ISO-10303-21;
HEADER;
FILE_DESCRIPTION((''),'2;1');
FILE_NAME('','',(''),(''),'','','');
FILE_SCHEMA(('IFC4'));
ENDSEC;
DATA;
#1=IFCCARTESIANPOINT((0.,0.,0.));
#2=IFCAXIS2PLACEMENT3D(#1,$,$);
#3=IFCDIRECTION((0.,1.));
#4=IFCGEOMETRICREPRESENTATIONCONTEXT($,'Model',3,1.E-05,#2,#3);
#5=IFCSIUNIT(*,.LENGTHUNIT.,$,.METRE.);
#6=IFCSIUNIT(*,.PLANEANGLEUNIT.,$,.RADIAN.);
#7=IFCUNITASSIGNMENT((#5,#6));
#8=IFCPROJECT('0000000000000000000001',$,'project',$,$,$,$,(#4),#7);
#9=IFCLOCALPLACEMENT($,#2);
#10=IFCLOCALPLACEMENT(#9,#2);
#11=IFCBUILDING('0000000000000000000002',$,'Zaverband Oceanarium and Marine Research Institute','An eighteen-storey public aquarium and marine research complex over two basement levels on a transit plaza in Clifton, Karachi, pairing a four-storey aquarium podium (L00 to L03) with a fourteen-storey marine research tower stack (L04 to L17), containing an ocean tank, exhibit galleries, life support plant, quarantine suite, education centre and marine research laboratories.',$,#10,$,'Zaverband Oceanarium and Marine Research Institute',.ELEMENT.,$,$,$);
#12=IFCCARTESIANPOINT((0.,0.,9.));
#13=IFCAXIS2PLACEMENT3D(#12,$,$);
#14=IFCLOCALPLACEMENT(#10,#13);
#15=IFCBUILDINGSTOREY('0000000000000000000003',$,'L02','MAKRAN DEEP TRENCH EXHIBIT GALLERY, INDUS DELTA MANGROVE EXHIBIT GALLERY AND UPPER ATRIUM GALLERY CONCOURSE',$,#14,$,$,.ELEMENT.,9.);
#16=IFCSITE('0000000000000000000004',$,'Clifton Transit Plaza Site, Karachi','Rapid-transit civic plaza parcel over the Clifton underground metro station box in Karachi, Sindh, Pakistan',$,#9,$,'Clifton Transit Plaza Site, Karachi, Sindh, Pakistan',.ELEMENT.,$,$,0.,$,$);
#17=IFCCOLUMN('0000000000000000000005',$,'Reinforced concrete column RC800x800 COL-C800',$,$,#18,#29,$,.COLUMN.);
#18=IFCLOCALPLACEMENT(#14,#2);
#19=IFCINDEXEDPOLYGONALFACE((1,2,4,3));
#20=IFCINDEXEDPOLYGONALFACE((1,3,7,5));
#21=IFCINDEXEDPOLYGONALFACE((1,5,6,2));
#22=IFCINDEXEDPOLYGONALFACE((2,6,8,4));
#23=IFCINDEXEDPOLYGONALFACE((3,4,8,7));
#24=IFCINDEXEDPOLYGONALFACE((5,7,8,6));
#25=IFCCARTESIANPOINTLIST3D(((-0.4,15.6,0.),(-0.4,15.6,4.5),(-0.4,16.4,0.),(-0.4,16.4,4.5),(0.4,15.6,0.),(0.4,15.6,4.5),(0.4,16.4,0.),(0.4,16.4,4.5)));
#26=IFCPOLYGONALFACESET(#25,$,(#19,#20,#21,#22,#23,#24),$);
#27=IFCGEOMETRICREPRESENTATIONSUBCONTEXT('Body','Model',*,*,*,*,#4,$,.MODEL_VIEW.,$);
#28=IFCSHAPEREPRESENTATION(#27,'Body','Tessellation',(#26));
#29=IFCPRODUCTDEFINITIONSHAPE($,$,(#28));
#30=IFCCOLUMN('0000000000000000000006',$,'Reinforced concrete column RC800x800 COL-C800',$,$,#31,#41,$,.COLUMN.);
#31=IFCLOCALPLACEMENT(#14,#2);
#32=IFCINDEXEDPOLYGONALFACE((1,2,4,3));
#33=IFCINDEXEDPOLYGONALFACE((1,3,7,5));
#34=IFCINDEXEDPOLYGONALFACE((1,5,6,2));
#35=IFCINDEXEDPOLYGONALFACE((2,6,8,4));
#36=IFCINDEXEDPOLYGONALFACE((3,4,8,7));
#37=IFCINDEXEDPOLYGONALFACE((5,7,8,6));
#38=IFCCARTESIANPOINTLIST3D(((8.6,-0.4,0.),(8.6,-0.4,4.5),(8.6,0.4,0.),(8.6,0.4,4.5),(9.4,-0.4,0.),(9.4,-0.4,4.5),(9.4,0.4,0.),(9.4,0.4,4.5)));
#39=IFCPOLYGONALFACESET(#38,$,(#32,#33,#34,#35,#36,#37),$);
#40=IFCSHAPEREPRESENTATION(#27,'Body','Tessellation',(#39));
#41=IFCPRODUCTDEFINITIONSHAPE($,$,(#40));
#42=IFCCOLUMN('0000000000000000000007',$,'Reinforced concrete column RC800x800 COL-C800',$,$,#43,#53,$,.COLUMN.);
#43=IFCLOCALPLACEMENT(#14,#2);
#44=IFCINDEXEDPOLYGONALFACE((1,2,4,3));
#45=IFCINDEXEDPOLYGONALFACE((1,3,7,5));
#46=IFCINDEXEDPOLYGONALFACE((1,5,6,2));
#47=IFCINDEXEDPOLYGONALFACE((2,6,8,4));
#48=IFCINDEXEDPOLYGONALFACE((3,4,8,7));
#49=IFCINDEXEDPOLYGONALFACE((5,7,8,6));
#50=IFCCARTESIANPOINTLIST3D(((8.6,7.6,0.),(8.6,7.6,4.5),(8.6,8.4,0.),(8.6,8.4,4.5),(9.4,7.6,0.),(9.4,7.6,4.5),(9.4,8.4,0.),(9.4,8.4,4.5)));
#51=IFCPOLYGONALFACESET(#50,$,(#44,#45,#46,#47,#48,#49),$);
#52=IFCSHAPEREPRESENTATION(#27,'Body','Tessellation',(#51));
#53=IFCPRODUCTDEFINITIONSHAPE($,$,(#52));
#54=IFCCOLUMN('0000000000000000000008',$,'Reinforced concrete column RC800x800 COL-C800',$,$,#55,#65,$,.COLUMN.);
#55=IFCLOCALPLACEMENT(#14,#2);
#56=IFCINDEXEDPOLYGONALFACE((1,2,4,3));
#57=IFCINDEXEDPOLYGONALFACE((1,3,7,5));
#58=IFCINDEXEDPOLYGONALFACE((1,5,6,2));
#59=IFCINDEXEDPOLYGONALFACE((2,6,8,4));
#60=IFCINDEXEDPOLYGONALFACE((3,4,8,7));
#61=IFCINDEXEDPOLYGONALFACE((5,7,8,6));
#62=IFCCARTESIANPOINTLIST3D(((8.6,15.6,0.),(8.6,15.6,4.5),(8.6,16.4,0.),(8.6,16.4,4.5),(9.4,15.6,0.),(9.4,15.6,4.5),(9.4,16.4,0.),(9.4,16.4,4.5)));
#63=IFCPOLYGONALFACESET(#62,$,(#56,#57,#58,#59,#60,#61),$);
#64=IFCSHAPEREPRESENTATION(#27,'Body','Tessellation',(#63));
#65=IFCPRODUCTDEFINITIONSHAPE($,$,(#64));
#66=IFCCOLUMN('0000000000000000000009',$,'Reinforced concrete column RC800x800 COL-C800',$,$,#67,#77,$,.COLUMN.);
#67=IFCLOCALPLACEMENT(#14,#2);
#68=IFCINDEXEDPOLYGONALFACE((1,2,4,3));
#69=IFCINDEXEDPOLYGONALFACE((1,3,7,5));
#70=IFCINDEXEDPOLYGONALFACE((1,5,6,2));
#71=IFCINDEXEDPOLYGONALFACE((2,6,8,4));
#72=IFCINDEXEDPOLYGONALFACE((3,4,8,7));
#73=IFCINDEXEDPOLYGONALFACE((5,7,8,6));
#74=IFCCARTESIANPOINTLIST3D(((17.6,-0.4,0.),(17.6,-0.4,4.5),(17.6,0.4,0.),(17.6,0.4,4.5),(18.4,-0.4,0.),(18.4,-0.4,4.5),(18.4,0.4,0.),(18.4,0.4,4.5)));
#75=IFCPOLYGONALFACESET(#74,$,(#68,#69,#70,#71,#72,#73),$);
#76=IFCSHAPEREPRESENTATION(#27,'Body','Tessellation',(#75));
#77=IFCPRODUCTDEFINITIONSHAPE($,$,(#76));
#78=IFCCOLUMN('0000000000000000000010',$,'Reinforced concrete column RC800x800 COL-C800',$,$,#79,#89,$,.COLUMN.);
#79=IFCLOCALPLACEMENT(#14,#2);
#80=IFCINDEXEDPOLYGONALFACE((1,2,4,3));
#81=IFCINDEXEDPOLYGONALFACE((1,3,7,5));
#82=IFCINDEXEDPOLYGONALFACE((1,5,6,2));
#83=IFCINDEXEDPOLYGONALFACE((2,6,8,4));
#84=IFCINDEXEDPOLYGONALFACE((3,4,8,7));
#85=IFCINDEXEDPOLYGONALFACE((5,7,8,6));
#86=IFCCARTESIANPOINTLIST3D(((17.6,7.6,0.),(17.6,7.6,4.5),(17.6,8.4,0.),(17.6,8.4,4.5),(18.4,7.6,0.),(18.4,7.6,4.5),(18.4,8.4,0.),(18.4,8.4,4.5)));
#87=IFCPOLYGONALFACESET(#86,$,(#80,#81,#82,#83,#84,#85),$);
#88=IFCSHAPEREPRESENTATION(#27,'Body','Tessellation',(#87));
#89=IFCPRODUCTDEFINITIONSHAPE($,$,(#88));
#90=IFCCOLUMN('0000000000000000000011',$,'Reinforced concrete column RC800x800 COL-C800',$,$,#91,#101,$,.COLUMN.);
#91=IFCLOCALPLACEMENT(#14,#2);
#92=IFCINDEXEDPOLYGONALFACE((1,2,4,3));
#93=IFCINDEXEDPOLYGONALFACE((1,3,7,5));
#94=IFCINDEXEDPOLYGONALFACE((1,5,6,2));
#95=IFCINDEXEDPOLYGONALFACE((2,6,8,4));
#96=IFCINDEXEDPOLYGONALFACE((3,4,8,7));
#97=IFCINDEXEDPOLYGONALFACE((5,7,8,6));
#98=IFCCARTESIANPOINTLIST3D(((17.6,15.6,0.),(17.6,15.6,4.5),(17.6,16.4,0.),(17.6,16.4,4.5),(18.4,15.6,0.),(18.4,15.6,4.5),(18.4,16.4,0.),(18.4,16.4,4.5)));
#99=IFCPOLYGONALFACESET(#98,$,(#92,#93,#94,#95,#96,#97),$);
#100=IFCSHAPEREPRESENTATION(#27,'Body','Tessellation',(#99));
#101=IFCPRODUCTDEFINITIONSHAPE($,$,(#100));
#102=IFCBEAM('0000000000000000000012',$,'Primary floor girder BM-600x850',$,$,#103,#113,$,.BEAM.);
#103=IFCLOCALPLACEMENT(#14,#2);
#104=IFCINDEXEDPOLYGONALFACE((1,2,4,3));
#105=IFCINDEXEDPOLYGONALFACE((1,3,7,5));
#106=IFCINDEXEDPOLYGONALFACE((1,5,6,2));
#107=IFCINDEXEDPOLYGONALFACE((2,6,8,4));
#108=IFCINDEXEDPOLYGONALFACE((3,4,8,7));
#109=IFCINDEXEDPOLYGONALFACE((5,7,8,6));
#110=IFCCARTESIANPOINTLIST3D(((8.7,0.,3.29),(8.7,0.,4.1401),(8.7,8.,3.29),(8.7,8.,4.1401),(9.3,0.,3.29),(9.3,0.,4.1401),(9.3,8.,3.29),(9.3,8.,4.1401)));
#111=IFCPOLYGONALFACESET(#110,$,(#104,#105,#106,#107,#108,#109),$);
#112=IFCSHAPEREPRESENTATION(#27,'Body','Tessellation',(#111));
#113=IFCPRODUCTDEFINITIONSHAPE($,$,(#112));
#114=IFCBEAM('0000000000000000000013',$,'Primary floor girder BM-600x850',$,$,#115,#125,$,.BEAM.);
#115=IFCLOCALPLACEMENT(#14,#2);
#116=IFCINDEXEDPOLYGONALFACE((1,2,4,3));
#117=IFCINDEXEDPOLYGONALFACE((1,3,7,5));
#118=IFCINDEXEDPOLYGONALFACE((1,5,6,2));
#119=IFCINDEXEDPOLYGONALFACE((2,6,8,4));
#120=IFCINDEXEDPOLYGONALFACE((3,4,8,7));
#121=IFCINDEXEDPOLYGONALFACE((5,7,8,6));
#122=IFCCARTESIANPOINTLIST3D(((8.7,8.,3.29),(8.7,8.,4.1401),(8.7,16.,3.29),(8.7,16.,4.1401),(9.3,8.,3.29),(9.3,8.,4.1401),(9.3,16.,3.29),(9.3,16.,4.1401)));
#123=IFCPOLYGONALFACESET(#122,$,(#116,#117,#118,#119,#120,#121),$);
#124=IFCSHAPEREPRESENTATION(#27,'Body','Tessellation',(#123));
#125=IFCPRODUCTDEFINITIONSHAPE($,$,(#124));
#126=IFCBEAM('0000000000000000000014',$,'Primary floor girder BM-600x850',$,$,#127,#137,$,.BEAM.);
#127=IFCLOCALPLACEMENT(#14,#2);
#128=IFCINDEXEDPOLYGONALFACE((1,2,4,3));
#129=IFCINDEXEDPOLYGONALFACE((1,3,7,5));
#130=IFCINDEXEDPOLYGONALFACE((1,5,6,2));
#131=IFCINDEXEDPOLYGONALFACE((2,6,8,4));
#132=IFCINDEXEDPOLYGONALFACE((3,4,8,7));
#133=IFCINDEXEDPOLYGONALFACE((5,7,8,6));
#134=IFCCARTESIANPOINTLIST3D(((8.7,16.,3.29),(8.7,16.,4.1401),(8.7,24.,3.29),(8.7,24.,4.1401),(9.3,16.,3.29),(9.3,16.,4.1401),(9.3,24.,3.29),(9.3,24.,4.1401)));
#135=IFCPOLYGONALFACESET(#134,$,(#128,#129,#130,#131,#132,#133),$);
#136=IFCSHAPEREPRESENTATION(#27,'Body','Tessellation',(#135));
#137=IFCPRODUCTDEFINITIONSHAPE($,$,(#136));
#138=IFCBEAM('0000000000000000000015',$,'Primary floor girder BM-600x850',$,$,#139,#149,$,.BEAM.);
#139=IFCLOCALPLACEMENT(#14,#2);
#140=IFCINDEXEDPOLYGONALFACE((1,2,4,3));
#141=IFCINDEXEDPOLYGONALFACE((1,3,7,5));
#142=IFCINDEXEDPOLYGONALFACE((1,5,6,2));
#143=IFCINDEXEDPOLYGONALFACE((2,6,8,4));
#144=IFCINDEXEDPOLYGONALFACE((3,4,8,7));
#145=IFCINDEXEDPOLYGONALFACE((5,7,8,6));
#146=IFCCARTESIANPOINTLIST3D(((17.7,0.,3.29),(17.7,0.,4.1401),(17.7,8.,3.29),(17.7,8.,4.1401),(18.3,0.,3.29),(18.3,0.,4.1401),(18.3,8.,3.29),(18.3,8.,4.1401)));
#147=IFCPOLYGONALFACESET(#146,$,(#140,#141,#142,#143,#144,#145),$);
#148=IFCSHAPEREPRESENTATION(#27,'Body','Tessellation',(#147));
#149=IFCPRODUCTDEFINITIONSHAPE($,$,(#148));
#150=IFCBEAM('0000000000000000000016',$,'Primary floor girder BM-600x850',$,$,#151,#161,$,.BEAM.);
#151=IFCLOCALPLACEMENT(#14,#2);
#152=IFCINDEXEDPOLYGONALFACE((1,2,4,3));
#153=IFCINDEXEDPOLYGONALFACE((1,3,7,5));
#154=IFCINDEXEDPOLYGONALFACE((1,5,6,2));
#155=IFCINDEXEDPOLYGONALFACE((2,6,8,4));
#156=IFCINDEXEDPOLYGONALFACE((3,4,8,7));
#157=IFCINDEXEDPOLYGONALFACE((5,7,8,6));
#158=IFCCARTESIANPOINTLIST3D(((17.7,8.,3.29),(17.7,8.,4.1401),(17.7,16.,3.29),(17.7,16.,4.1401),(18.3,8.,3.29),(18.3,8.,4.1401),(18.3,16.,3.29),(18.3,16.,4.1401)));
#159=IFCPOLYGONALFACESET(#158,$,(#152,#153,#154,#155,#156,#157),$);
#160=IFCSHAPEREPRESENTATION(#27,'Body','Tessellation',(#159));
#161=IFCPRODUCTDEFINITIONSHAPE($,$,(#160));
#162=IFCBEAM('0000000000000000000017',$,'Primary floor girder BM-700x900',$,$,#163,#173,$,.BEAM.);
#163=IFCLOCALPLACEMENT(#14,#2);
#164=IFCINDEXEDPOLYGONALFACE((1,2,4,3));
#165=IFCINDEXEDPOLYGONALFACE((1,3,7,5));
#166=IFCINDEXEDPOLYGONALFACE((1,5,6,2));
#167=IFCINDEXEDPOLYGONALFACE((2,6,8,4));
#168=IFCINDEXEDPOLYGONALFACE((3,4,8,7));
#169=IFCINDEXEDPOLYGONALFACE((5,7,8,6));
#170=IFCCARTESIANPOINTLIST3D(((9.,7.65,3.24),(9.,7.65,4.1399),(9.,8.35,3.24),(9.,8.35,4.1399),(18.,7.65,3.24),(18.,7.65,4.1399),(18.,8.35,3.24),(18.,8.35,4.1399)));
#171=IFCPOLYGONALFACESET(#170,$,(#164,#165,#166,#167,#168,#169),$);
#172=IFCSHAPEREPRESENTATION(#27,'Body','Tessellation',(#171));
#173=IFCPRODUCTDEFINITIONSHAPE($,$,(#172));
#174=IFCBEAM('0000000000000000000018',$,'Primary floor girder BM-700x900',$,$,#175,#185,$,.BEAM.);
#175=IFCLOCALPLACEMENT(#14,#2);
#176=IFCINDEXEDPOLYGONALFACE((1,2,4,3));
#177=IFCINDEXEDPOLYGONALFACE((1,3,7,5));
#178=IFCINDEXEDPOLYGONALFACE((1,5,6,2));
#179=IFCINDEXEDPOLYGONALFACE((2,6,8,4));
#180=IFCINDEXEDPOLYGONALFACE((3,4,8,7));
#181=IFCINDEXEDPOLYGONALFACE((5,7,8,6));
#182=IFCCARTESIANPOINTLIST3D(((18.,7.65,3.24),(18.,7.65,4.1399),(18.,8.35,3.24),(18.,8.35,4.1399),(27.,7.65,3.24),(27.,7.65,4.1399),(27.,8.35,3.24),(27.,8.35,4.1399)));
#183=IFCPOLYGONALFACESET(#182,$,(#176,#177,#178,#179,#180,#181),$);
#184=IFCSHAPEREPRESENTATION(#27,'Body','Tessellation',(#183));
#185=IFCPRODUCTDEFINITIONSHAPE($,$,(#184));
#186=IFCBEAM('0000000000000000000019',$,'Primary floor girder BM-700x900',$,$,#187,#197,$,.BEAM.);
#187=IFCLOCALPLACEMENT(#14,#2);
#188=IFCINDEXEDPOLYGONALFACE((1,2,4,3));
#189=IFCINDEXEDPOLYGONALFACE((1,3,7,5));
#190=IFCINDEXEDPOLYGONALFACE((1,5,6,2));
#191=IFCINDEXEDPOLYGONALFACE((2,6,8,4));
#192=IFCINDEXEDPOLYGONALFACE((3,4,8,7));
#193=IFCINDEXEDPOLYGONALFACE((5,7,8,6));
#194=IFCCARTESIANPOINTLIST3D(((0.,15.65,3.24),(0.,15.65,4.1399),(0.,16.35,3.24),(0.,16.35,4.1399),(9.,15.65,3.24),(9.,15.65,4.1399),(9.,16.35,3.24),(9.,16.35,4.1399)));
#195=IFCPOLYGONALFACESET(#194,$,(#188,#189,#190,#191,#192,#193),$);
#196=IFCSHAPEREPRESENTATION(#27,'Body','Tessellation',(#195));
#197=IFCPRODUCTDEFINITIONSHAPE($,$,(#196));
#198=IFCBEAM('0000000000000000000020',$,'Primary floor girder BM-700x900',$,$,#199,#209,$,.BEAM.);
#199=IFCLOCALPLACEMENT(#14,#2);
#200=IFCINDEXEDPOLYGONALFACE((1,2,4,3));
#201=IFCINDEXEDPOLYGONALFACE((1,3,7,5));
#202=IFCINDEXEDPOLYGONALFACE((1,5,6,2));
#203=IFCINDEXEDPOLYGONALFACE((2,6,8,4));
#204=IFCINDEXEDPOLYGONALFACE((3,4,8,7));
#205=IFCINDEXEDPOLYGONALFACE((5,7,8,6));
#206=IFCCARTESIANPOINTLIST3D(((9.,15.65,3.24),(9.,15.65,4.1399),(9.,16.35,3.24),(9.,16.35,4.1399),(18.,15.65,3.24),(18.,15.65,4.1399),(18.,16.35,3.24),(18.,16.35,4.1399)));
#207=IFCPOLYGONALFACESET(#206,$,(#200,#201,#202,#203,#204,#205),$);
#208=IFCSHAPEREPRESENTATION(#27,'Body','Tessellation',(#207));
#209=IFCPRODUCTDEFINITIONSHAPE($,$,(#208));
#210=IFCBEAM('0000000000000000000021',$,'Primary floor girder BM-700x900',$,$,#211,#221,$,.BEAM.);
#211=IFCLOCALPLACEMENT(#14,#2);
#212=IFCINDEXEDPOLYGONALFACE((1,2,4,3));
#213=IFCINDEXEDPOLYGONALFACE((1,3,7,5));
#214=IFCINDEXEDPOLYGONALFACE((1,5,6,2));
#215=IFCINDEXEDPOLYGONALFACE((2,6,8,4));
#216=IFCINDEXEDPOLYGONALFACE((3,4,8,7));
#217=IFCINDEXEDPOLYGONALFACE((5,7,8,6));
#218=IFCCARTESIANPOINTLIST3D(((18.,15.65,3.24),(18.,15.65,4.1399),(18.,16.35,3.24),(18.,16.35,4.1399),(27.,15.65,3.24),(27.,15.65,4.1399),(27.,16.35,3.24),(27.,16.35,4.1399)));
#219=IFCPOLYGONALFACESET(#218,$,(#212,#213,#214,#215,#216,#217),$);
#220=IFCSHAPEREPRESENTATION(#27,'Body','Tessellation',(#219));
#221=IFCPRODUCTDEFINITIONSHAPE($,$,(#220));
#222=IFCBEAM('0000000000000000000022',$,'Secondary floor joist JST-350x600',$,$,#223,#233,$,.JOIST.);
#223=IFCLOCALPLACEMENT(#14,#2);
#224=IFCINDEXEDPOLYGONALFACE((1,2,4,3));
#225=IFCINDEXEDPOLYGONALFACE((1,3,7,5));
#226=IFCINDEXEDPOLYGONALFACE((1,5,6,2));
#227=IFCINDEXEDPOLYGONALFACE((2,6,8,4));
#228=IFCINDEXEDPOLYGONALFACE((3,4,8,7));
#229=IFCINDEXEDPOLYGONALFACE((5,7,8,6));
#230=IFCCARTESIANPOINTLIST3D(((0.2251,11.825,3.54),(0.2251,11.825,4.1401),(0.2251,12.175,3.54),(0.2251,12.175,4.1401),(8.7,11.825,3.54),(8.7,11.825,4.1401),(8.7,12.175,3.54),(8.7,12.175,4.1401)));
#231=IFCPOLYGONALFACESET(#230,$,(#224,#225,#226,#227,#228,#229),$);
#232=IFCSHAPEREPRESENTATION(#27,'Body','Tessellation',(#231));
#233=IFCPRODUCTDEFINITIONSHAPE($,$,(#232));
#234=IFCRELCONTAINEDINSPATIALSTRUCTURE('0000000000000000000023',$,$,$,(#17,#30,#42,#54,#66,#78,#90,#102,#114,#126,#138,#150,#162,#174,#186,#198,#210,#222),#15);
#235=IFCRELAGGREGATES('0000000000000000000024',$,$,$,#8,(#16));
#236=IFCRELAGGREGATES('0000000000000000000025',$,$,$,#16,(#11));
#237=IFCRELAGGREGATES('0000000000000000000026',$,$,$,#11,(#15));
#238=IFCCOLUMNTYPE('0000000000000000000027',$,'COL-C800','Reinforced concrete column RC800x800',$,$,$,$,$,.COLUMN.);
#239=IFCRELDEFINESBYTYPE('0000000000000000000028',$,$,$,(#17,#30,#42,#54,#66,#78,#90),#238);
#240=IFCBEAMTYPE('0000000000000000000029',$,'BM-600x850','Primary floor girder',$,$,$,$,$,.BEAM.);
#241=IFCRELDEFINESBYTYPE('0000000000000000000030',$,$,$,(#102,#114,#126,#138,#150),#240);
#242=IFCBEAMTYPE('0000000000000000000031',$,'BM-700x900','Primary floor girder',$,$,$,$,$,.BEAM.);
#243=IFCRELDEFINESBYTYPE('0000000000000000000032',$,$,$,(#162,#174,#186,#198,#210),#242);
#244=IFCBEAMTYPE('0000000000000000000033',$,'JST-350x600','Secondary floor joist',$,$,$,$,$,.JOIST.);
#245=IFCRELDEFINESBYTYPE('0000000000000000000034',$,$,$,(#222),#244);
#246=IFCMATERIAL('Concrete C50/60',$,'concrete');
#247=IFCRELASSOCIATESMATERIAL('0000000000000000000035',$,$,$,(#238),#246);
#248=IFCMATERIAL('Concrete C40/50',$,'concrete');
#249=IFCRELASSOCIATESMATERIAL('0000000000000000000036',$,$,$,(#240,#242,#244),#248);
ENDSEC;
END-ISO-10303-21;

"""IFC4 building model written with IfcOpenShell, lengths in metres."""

from ifc_helpers import new_model, si_unit, direction, frame, origin, origin_2d, place, context, subcontext, project, spatial, rectangle, extrude, material, material_profile, profile_set, type_object, element, save


model = new_model("IFC4")

# Units and contexts
model_context = context("Model", 3, precision=1e-05, world=origin(), true_north=direction((0.0, 1.0)))
body_context = subcontext(model_context, "Body", "Model", "MODEL_VIEW")
ifc_project = project(units=[si_unit("LENGTHUNIT", "METRE"), si_unit("PLANEANGLEUNIT", "RADIAN")], contexts=[model_context])

# Site, building, storey
site_placement = place(None, origin())
site = spatial("IfcSite", under=ifc_project, at=site_placement, Name="Clifton Transit Plaza Site, Karachi", Description="Rapid-transit civic plaza parcel over the Clifton underground metro station box in Karachi, Sindh, Pakistan", LongName="Clifton Transit Plaza Site, Karachi, Sindh, Pakistan", CompositionType="ELEMENT", RefElevation=0.0)
building_placement = place(site_placement, origin())
building = spatial("IfcBuilding", under=site, at=building_placement, Name="Zaverband Oceanarium and Marine Research Institute", Description="An eighteen-storey public aquarium and marine research complex over two basement levels on a transit plaza in Clifton, Karachi, pairing a four-storey aquarium podium (L00 to L03) with a fourteen-storey marine research tower stack (L04 to L17), containing an ocean tank, exhibit galleries, life support plant, quarantine suite, education centre and marine research laboratories.", LongName="Zaverband Oceanarium and Marine Research Institute", CompositionType="ELEMENT")
storey_placement = place(building_placement, frame((0.0, 0.0, 9.0)))
storey = spatial("IfcBuildingStorey", under=building, at=storey_placement, Name="L02", Description="MAKRAN DEEP TRENCH EXHIBIT GALLERY, INDUS DELTA MANGROVE EXHIBIT GALLERY AND UPPER ATRIUM GALLERY CONCOURSE", CompositionType="ELEMENT", Elevation=9.0)

# Columns
ifc_material_1 = material(Name="Concrete C50/60", Category="concrete")
ifc_material_profile_1 = material_profile(ifc_material_1, rectangle(XDim=0.8, YDim=0.8, at=origin_2d()), Name="RC800x800")
ifc_profile_set_1 = profile_set([ifc_material_profile_1], Name="Concrete C50/60")
column_type = type_object("IfcColumnType", Name="COL-C800", Description="Reinforced concrete column RC800x800", PredefinedType="COLUMN", material=ifc_profile_set_1)
for number, where, z_axis, x_axis, name in (
    (1, (0.0, 16.0, 0.0), (0.0, 0.0, 1.0), (1.0, 0.0, 0.0), "Reinforced concrete column RC800x800 COL-C800"),
    (2, (9.0, 0.0, 0.0), (0.0, 0.0, 1.0), (1.0, 0.0, 0.0), "Reinforced concrete column RC800x800 COL-C800"),
    (3, (9.0, 8.0, 0.0), (0.0, 0.0, 1.0), (1.0, 0.0, 0.0), "Reinforced concrete column RC800x800 COL-C800"),
    (4, (9.0, 16.0, 0.0), (0.0, 0.0, 1.0), (1.0, 0.0, 0.0), "Reinforced concrete column RC800x800 COL-C800"),
    (5, (18.0, 0.0, 0.0), (0.0, 0.0, 1.0), (1.0, 0.0, 0.0), "Reinforced concrete column RC800x800 COL-C800"),
    (6, (18.0, 8.0, 0.0), (0.0, 0.0, 1.0), (1.0, 0.0, 0.0), "Reinforced concrete column RC800x800 COL-C800"),
    (7, (18.0, 16.0, 0.0), (0.0, 0.0, 1.0), (1.0, 0.0, 0.0), "Reinforced concrete column RC800x800 COL-C800"),
):
    element("IfcColumn", number, at=place(storey_placement, frame(where, z_axis=z_axis, x_axis=x_axis)), inside=storey, type_object=column_type, Name=name, PredefinedType="COLUMN", context=body_context, shape_type="SweptSolid", body=[
        extrude(rectangle(XDim=0.8, YDim=0.8, at=origin_2d()), origin(), (0.0, 0.0, 1.0), 4.5),
    ])

# Beams
ifc_material_2 = material(Name="Concrete C40/50", Category="concrete")
ifc_material_profile_2 = material_profile(ifc_material_2, rectangle(XDim=0.6001, YDim=0.8501, at=origin_2d()), Name="RC600x850")
ifc_profile_set_2 = profile_set([ifc_material_profile_2], Name="Concrete C40/50")
beam_type_1 = type_object("IfcBeamType", Name="BM-600x850", Description="Primary floor girder", PredefinedType="BEAM", material=ifc_profile_set_2)
for number, where, z_axis, x_axis, name in (
    (8, (9.0, 0.0, 3.7151), (0.0, 1.0, 0.0), (-1.0, 0.0, 0.0), "Primary floor girder BM-600x850"),
    (9, (9.0, 8.0, 3.7151), (0.0, 1.0, 0.0), (-1.0, 0.0, 0.0), "Primary floor girder BM-600x850"),
    (10, (9.0, 16.0, 3.7151), (0.0, 1.0, 0.0), (-1.0, 0.0, 0.0), "Primary floor girder BM-600x850"),
    (11, (18.0, 0.0, 3.7151), (0.0, 1.0, 0.0), (-1.0, 0.0, 0.0), "Primary floor girder BM-600x850"),
    (12, (18.0, 8.0, 3.7151), (0.0, 1.0, 0.0), (-1.0, 0.0, 0.0), "Primary floor girder BM-600x850"),
):
    element("IfcBeam", number, at=place(storey_placement, frame(where, z_axis=z_axis, x_axis=x_axis)), inside=storey, type_object=beam_type_1, Name=name, PredefinedType="BEAM", context=body_context, shape_type="SweptSolid", body=[
        extrude(rectangle(XDim=0.6001, YDim=0.8501, at=origin_2d()), origin(), (0.0, 0.0, 1.0), 8.0),
    ])
ifc_material_profile_3 = material_profile(ifc_material_2, rectangle(XDim=0.7, YDim=0.8999, at=origin_2d()), Name="RC700x900")
ifc_profile_set_3 = profile_set([ifc_material_profile_3], Name="Concrete C40/50")
beam_type_2 = type_object("IfcBeamType", Name="BM-700x900", Description="Primary floor girder", PredefinedType="BEAM", material=ifc_profile_set_3)
for number, where, z_axis, x_axis, name in (
    (13, (9.0, 8.0, 3.6899), (1.0, 0.0, 0.0), (0.0, 1.0, 0.0), "Primary floor girder BM-700x900"),
    (14, (18.0, 8.0, 3.6899), (1.0, 0.0, 0.0), (0.0, 1.0, 0.0), "Primary floor girder BM-700x900"),
    (15, (0.0, 16.0, 3.6899), (1.0, 0.0, 0.0), (0.0, 1.0, 0.0), "Primary floor girder BM-700x900"),
    (16, (9.0, 16.0, 3.6899), (1.0, 0.0, 0.0), (0.0, 1.0, 0.0), "Primary floor girder BM-700x900"),
    (17, (18.0, 16.0, 3.6899), (1.0, 0.0, 0.0), (0.0, 1.0, 0.0), "Primary floor girder BM-700x900"),
):
    element("IfcBeam", number, at=place(storey_placement, frame(where, z_axis=z_axis, x_axis=x_axis)), inside=storey, type_object=beam_type_2, Name=name, PredefinedType="BEAM", context=body_context, shape_type="SweptSolid", body=[
        extrude(rectangle(XDim=0.7, YDim=0.8999, at=origin_2d()), origin(), (0.0, 0.0, 1.0), 9.0),
    ])
ifc_material_profile_4 = material_profile(ifc_material_2, rectangle(XDim=0.3501, YDim=0.6001, at=origin_2d()), Name="RC350x600")
ifc_profile_set_4 = profile_set([ifc_material_profile_4], Name="Concrete C40/50")
beam_type_3 = type_object("IfcBeamType", Name="JST-350x600", Description="Secondary floor joist", PredefinedType="JOIST", material=ifc_profile_set_4)
beam_1_placement = place(storey_placement, frame((0.2251, 12.0, 3.8401), z_axis=(1.0, 0.0, 0.0), x_axis=(0.0, 1.0, 0.0)))
element("IfcBeam", 18, at=beam_1_placement, inside=storey, type_object=beam_type_3, Name="Secondary floor joist JST-350x600", PredefinedType="JOIST", context=body_context, shape_type="SweptSolid", body=[
    extrude(rectangle(XDim=0.3501, YDim=0.6001, at=origin_2d()), origin(), (0.0, 0.0, 1.0), 8.4749),
])

save(model, "model.ifc")
